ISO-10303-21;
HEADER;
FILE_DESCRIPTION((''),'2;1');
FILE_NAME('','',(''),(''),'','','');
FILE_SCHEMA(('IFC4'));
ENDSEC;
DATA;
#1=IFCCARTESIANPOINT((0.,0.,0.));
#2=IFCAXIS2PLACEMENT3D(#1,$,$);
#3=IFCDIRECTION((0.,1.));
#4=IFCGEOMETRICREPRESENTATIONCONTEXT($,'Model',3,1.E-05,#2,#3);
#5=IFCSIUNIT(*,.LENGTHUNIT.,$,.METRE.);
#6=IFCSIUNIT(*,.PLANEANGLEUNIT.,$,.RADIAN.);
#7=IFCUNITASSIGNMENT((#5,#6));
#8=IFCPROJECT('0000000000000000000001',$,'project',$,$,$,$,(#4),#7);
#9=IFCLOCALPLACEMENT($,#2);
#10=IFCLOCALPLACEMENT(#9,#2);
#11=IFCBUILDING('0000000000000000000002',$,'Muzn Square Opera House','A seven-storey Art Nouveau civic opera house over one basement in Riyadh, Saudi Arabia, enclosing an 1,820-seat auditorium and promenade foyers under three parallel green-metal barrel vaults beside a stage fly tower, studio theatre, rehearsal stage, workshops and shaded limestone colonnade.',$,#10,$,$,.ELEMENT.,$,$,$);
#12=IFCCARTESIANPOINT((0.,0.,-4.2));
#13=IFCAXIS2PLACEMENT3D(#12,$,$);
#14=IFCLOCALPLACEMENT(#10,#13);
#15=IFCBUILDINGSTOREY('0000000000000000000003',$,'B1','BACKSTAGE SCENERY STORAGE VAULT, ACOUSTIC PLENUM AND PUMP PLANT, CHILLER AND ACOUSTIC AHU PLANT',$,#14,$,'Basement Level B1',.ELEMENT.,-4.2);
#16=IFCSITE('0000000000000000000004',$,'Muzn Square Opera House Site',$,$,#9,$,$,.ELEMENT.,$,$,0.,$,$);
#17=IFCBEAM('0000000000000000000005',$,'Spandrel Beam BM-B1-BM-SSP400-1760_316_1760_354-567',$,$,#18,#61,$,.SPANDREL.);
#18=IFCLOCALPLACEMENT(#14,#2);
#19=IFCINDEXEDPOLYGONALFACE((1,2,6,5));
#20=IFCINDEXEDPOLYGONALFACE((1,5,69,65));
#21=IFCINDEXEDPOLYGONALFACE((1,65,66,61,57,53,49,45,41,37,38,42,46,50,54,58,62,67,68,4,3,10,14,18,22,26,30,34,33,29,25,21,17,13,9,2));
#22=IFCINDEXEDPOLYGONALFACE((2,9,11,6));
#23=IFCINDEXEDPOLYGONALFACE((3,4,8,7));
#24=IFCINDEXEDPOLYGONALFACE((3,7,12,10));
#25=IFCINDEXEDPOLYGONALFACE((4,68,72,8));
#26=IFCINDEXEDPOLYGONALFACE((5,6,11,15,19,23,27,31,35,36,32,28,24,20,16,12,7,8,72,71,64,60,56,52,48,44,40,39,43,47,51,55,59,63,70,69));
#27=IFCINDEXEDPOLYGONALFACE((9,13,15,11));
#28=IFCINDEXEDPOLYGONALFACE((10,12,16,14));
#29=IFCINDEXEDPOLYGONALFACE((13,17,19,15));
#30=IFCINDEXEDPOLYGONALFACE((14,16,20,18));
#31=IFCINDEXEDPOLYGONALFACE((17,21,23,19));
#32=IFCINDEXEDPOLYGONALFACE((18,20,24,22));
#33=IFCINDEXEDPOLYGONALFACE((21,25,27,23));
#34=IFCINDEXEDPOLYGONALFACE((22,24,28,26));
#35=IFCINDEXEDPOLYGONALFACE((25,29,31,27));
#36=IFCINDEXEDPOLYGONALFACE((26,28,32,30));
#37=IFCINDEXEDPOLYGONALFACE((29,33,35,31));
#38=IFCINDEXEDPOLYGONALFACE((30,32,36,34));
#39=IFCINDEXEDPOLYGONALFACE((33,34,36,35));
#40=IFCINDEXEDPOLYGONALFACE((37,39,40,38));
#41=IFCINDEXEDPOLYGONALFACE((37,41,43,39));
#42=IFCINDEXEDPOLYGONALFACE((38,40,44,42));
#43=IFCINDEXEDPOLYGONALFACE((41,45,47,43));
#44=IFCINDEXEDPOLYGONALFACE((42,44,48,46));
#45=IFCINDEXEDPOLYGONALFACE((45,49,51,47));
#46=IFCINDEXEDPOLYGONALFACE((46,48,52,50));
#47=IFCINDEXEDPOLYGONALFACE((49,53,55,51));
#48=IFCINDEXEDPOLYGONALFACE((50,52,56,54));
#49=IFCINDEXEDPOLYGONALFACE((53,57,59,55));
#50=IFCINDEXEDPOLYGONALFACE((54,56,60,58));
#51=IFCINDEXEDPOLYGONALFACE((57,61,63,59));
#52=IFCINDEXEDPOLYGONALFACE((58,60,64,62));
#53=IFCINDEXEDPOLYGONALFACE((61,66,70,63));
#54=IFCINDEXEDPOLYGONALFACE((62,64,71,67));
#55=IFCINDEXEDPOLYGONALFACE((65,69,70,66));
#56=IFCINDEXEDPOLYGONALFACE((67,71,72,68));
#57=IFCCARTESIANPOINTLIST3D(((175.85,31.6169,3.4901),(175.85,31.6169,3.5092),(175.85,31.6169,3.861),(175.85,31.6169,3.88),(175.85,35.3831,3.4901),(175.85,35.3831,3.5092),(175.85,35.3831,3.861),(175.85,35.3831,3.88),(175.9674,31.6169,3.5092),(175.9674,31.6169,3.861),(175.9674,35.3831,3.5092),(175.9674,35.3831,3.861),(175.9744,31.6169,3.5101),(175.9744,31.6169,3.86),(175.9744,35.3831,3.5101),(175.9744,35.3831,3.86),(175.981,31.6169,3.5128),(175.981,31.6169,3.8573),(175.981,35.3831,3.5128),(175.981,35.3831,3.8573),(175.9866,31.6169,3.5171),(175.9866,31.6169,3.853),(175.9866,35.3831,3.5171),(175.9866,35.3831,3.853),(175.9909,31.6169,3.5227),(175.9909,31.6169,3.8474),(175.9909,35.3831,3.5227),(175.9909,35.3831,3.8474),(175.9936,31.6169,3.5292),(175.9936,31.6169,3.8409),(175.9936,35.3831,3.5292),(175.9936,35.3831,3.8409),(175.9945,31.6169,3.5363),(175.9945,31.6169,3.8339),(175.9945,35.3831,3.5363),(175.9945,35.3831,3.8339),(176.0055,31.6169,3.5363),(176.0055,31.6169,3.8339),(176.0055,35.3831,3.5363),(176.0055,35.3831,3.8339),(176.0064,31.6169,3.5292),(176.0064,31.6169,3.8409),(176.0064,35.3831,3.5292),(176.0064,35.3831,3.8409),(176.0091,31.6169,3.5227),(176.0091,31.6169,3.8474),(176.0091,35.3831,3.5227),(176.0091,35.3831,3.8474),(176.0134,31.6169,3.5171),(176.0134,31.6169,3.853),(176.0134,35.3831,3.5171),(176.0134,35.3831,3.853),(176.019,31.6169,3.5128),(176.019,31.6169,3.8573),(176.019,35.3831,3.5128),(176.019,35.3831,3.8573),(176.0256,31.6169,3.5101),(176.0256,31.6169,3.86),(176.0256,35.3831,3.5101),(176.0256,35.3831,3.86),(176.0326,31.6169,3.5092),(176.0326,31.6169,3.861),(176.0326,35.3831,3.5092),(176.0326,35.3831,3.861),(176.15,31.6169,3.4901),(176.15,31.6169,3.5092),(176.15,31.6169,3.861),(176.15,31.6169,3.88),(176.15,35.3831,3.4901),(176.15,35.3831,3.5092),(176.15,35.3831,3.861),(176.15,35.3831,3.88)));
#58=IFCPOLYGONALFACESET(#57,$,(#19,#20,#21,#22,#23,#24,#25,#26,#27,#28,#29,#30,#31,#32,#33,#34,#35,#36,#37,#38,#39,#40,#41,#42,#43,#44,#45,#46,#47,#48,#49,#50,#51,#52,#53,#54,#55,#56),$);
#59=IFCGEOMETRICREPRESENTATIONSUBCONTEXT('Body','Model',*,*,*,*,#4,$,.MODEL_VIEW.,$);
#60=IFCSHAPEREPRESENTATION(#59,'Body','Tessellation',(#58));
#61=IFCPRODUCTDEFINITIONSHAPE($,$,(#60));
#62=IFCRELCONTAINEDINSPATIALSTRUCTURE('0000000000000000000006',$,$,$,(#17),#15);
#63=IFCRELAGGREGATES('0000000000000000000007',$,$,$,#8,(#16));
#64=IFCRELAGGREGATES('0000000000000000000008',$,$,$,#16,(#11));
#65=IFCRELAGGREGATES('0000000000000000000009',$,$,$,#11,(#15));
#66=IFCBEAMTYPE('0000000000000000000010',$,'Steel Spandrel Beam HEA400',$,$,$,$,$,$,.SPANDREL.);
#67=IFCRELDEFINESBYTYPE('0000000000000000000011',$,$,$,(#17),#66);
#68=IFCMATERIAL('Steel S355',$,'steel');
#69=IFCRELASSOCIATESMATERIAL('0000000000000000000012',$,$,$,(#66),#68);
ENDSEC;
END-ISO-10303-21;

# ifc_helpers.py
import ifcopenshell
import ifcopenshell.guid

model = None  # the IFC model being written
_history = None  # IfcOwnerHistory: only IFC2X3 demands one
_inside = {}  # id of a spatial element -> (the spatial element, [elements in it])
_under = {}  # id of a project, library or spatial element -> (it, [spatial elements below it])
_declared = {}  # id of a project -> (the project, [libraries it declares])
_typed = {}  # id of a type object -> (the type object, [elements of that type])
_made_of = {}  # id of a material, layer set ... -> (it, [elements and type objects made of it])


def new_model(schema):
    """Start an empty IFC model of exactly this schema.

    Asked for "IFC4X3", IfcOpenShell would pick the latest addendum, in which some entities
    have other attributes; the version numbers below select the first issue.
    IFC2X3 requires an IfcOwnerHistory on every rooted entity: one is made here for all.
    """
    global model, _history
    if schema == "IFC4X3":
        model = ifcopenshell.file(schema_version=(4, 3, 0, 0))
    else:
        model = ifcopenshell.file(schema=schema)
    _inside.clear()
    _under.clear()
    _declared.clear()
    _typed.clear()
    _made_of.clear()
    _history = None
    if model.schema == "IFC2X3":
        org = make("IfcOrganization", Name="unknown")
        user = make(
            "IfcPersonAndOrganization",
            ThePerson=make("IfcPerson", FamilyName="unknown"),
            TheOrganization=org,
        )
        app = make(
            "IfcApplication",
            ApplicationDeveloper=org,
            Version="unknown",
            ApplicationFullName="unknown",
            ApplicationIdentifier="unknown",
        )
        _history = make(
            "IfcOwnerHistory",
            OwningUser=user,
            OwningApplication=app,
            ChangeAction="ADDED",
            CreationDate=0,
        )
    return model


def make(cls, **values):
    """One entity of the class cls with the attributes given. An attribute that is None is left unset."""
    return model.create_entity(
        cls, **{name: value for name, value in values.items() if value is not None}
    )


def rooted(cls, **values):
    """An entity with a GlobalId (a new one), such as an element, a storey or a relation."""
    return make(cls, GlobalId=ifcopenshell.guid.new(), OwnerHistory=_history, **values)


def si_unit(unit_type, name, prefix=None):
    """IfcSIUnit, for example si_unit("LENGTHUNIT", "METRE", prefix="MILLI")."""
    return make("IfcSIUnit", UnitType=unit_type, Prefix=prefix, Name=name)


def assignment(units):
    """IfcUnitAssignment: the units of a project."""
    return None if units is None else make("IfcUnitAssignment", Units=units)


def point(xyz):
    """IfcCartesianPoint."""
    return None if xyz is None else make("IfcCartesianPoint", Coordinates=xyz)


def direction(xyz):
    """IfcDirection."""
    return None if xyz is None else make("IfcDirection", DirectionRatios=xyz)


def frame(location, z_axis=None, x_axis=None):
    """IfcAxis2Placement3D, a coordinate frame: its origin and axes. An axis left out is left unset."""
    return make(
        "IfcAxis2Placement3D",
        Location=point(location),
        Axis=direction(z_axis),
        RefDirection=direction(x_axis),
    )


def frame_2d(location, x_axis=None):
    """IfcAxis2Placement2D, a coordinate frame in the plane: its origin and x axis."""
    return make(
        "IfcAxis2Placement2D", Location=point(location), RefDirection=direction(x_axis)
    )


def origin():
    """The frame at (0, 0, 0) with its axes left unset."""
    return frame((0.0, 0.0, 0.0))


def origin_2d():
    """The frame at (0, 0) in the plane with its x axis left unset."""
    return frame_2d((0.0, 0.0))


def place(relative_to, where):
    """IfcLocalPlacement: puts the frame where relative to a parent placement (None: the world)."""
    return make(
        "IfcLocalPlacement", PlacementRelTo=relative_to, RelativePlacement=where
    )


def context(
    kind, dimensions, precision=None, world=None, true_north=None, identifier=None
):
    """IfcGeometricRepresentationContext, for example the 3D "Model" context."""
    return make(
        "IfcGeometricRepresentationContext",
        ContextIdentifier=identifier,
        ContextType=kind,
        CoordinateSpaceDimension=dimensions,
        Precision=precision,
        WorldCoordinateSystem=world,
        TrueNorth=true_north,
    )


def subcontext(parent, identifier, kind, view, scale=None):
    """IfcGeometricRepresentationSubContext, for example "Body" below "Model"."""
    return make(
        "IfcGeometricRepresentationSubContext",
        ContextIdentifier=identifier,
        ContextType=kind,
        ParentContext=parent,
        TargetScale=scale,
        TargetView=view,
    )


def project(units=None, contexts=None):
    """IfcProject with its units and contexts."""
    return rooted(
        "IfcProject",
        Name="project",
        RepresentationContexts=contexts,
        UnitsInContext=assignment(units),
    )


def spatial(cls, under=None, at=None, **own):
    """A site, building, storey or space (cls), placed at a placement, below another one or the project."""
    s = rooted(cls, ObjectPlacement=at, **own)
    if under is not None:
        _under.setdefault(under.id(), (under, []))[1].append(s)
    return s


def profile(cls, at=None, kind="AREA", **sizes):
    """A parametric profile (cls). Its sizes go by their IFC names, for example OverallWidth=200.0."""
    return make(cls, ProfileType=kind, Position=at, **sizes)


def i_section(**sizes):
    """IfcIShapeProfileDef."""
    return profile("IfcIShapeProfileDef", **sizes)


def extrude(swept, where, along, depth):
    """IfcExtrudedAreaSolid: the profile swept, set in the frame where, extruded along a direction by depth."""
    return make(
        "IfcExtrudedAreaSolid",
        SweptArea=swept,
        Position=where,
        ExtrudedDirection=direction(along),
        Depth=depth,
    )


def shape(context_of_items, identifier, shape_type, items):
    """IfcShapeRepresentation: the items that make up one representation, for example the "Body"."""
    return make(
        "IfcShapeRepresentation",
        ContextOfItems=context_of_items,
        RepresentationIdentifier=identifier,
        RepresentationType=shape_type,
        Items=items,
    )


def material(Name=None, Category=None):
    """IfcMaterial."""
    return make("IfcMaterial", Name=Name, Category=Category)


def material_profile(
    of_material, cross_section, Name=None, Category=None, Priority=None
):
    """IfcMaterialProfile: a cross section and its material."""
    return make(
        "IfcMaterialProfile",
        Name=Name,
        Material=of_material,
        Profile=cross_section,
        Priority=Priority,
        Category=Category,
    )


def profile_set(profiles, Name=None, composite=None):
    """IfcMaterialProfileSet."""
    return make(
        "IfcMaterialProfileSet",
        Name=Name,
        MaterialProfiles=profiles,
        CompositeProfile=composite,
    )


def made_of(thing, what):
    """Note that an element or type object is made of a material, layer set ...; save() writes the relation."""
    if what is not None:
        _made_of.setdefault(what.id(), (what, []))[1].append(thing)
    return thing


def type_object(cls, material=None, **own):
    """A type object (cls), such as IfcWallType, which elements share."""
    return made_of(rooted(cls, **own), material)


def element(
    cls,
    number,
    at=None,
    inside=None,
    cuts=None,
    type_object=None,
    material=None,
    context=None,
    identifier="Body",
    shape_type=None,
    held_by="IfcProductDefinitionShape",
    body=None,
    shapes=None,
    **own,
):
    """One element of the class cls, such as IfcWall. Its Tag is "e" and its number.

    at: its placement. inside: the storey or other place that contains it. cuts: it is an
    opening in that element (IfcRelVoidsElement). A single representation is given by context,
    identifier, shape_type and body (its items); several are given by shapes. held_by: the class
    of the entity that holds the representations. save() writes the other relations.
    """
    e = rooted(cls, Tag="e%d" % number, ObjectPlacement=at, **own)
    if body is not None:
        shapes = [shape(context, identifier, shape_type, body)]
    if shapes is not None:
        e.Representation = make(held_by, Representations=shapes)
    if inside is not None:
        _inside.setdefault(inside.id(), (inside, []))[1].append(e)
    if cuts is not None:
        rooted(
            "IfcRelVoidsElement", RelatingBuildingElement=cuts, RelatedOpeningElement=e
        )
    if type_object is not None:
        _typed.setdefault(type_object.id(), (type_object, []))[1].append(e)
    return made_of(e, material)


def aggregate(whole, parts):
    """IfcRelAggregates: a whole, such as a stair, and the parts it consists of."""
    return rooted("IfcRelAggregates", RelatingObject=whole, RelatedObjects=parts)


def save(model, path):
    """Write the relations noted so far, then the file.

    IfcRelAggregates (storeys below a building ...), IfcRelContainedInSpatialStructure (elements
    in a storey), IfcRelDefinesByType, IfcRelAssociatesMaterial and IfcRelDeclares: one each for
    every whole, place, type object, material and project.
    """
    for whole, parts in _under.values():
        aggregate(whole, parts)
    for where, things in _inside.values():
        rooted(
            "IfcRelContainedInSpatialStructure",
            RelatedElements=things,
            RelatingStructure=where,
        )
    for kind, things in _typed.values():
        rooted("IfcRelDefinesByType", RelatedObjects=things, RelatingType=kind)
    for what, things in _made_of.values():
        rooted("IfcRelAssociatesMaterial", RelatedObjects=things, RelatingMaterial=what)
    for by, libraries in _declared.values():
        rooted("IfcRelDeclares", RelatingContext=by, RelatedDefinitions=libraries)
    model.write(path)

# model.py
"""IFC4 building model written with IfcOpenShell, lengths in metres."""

from ifc_helpers import new_model, si_unit, direction, frame, origin, origin_2d, place, context, subcontext, project, spatial, i_section, extrude, material, material_profile, profile_set, type_object, element, save


model = new_model("IFC4")

# Units and contexts
model_context = context("Model", 3, precision=1e-05, world=origin(), true_north=direction((0.0, 1.0)))
body_context = subcontext(model_context, "Body", "Model", "MODEL_VIEW")
ifc_project = project(units=[si_unit("LENGTHUNIT", "METRE"), si_unit("PLANEANGLEUNIT", "RADIAN")], contexts=[model_context])

# Site, building, storey
site_placement = place(None, origin())
site = spatial("IfcSite", under=ifc_project, at=site_placement, Name="Muzn Square Opera House Site", CompositionType="ELEMENT", RefElevation=0.0)
building_placement = place(site_placement, origin())
building = spatial("IfcBuilding", under=site, at=building_placement, Name="Muzn Square Opera House", Description="A seven-storey Art Nouveau civic opera house over one basement in Riyadh, Saudi Arabia, enclosing an 1,820-seat auditorium and promenade foyers under three parallel green-metal barrel vaults beside a stage fly tower, studio theatre, rehearsal stage, workshops and shaded limestone colonnade.", CompositionType="ELEMENT")
storey_placement = place(building_placement, frame((0.0, 0.0, -4.2)))
storey = spatial("IfcBuildingStorey", under=building, at=storey_placement, Name="B1", Description="BACKSTAGE SCENERY STORAGE VAULT, ACOUSTIC PLENUM AND PUMP PLANT, CHILLER AND ACOUSTIC AHU PLANT", LongName="Basement Level B1", CompositionType="ELEMENT", Elevation=-4.2)

# Beam
ifc_material_1 = material(Name="Steel S355", Category="steel")
ifc_material_profile_1 = material_profile(ifc_material_1, i_section(OverallWidth=0.3, OverallDepth=0.3899, WebThickness=0.011, FlangeThickness=0.019, FilletRadius=0.0271, at=origin_2d()), Name="HEA 400", Category="steel")
ifc_profile_set_1 = profile_set([ifc_material_profile_1], Name="Steel S355")
beam_type_1 = type_object("IfcBeamType", Name="Steel Spandrel Beam HEA400", PredefinedType="SPANDREL", material=ifc_profile_set_1)
beam_1_placement = place(storey_placement, frame((176.0, 31.6169, 3.6851), z_axis=(0.0, 1.0, 0.0), x_axis=(-1.0, 0.0, 0.0)))
element("IfcBeam", 1, at=beam_1_placement, inside=storey, type_object=beam_type_1, Name="Spandrel Beam BM-B1-BM-SSP400-1760_316_1760_354-567", PredefinedType="SPANDREL", context=body_context, shape_type="SweptSolid", body=[
    extrude(i_section(OverallWidth=0.3, OverallDepth=0.3899, WebThickness=0.011, FlangeThickness=0.019, FilletRadius=0.0271, at=origin_2d()), origin(), (0.0, 0.0, 1.0), 3.7661),
])

save(model, "model.ifc")
